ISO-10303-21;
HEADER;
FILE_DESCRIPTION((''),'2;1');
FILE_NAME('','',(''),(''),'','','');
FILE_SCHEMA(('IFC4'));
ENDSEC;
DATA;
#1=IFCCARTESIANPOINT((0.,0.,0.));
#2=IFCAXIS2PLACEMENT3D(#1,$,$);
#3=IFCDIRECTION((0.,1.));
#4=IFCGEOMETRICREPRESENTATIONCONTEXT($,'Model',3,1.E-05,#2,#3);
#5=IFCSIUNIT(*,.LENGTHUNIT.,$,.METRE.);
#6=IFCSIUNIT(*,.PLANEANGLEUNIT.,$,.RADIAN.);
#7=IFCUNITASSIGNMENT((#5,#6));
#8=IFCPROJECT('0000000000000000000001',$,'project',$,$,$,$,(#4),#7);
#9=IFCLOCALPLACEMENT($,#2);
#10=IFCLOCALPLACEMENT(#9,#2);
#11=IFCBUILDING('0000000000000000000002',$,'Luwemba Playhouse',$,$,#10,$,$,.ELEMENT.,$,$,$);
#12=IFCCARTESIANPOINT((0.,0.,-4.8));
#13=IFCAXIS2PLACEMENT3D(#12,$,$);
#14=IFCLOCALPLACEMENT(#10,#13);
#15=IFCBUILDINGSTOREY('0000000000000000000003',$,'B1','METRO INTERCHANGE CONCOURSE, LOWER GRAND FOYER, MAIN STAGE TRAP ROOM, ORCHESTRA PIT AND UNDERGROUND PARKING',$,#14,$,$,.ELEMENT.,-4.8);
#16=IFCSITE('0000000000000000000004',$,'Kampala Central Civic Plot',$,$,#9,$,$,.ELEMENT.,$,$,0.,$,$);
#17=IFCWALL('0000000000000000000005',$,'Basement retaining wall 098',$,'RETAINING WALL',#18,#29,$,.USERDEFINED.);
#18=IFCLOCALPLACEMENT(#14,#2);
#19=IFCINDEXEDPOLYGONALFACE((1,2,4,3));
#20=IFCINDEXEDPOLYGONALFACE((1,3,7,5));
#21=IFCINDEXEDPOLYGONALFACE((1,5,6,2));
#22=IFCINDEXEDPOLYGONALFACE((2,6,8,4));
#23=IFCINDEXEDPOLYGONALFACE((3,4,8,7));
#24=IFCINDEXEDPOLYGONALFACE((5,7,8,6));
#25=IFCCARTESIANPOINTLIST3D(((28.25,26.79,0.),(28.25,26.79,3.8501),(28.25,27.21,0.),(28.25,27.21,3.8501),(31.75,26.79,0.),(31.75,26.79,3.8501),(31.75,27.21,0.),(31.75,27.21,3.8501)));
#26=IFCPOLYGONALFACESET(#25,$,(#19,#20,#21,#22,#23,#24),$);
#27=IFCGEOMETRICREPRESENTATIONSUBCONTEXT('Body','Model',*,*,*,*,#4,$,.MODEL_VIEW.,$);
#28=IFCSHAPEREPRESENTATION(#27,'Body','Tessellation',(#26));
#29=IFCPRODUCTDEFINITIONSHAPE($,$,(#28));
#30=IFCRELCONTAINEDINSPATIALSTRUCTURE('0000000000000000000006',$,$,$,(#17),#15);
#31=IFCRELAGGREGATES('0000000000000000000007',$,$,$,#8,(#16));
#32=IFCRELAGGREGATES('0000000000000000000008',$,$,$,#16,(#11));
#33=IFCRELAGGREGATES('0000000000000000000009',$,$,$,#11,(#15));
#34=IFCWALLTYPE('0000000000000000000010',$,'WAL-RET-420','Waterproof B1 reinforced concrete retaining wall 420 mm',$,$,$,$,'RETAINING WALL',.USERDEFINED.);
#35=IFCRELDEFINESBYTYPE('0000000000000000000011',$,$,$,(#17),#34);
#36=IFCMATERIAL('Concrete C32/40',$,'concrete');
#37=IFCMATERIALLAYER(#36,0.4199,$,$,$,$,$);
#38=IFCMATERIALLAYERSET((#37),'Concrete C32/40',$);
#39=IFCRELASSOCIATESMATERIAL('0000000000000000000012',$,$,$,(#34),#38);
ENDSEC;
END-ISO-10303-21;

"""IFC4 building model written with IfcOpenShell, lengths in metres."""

from ifc_helpers import new_model, si_unit, direction, frame, frame_2d, origin, place, context, subcontext, project, spatial, rectangle, extrude, material, layer, layer_set, type_object, element, save


model = new_model("IFC4")

# Units and contexts
model_context = context("Model", 3, precision=1e-05, world=origin(), true_north=direction((0.0, 1.0)))
body_context = subcontext(model_context, "Body", "Model", "MODEL_VIEW")
ifc_project = project(units=[si_unit("LENGTHUNIT", "METRE"), si_unit("PLANEANGLEUNIT", "RADIAN")], contexts=[model_context])

# Site, building, storey
site_placement = place(None, origin())
site = spatial("IfcSite", under=ifc_project, at=site_placement, Name="Kampala Central Civic Plot", CompositionType="ELEMENT", RefElevation=0.0)
building_placement = place(site_placement, origin())
building = spatial("IfcBuilding", under=site, at=building_placement, Name="Luwemba Playhouse", CompositionType="ELEMENT")
storey_placement = place(building_placement, frame((0.0, 0.0, -4.8)))
storey = spatial("IfcBuildingStorey", under=building, at=storey_placement, Name="B1", Description="METRO INTERCHANGE CONCOURSE, LOWER GRAND FOYER, MAIN STAGE TRAP ROOM, ORCHESTRA PIT AND UNDERGROUND PARKING", CompositionType="ELEMENT", Elevation=-4.8)

# Shared definitions
ifc_material_1 = material(Name="Concrete C32/40", Category="concrete")

# Wall
ifc_layer = layer(ifc_material_1, 0.4199)
ifc_layer_set = layer_set([ifc_layer], Name="Concrete C32/40")
wall_type = type_object("IfcWallType", Name="WAL-RET-420", Description="Waterproof B1 reinforced concrete retaining wall 420 mm", ElementType="RETAINING WALL", PredefinedType="USERDEFINED", material=ifc_layer_set)
wall_1_placement = place(storey_placement, frame((28.25, 27.0, 0.0), z_axis=(0.0, 0.0, 1.0), x_axis=(1.0, 0.0, 0.0)))
element("IfcWall", 1, at=wall_1_placement, inside=storey, type_object=wall_type, Name="Basement retaining wall 098", ObjectType="RETAINING WALL", PredefinedType="USERDEFINED", context=body_context, shape_type="SweptSolid", body=[
    extrude(rectangle(XDim=3.5, YDim=0.4199, at=frame_2d((1.75, 0.0))), origin(), (0.0, 0.0, 1.0), 3.8501),
])

save(model, "model.ifc")
